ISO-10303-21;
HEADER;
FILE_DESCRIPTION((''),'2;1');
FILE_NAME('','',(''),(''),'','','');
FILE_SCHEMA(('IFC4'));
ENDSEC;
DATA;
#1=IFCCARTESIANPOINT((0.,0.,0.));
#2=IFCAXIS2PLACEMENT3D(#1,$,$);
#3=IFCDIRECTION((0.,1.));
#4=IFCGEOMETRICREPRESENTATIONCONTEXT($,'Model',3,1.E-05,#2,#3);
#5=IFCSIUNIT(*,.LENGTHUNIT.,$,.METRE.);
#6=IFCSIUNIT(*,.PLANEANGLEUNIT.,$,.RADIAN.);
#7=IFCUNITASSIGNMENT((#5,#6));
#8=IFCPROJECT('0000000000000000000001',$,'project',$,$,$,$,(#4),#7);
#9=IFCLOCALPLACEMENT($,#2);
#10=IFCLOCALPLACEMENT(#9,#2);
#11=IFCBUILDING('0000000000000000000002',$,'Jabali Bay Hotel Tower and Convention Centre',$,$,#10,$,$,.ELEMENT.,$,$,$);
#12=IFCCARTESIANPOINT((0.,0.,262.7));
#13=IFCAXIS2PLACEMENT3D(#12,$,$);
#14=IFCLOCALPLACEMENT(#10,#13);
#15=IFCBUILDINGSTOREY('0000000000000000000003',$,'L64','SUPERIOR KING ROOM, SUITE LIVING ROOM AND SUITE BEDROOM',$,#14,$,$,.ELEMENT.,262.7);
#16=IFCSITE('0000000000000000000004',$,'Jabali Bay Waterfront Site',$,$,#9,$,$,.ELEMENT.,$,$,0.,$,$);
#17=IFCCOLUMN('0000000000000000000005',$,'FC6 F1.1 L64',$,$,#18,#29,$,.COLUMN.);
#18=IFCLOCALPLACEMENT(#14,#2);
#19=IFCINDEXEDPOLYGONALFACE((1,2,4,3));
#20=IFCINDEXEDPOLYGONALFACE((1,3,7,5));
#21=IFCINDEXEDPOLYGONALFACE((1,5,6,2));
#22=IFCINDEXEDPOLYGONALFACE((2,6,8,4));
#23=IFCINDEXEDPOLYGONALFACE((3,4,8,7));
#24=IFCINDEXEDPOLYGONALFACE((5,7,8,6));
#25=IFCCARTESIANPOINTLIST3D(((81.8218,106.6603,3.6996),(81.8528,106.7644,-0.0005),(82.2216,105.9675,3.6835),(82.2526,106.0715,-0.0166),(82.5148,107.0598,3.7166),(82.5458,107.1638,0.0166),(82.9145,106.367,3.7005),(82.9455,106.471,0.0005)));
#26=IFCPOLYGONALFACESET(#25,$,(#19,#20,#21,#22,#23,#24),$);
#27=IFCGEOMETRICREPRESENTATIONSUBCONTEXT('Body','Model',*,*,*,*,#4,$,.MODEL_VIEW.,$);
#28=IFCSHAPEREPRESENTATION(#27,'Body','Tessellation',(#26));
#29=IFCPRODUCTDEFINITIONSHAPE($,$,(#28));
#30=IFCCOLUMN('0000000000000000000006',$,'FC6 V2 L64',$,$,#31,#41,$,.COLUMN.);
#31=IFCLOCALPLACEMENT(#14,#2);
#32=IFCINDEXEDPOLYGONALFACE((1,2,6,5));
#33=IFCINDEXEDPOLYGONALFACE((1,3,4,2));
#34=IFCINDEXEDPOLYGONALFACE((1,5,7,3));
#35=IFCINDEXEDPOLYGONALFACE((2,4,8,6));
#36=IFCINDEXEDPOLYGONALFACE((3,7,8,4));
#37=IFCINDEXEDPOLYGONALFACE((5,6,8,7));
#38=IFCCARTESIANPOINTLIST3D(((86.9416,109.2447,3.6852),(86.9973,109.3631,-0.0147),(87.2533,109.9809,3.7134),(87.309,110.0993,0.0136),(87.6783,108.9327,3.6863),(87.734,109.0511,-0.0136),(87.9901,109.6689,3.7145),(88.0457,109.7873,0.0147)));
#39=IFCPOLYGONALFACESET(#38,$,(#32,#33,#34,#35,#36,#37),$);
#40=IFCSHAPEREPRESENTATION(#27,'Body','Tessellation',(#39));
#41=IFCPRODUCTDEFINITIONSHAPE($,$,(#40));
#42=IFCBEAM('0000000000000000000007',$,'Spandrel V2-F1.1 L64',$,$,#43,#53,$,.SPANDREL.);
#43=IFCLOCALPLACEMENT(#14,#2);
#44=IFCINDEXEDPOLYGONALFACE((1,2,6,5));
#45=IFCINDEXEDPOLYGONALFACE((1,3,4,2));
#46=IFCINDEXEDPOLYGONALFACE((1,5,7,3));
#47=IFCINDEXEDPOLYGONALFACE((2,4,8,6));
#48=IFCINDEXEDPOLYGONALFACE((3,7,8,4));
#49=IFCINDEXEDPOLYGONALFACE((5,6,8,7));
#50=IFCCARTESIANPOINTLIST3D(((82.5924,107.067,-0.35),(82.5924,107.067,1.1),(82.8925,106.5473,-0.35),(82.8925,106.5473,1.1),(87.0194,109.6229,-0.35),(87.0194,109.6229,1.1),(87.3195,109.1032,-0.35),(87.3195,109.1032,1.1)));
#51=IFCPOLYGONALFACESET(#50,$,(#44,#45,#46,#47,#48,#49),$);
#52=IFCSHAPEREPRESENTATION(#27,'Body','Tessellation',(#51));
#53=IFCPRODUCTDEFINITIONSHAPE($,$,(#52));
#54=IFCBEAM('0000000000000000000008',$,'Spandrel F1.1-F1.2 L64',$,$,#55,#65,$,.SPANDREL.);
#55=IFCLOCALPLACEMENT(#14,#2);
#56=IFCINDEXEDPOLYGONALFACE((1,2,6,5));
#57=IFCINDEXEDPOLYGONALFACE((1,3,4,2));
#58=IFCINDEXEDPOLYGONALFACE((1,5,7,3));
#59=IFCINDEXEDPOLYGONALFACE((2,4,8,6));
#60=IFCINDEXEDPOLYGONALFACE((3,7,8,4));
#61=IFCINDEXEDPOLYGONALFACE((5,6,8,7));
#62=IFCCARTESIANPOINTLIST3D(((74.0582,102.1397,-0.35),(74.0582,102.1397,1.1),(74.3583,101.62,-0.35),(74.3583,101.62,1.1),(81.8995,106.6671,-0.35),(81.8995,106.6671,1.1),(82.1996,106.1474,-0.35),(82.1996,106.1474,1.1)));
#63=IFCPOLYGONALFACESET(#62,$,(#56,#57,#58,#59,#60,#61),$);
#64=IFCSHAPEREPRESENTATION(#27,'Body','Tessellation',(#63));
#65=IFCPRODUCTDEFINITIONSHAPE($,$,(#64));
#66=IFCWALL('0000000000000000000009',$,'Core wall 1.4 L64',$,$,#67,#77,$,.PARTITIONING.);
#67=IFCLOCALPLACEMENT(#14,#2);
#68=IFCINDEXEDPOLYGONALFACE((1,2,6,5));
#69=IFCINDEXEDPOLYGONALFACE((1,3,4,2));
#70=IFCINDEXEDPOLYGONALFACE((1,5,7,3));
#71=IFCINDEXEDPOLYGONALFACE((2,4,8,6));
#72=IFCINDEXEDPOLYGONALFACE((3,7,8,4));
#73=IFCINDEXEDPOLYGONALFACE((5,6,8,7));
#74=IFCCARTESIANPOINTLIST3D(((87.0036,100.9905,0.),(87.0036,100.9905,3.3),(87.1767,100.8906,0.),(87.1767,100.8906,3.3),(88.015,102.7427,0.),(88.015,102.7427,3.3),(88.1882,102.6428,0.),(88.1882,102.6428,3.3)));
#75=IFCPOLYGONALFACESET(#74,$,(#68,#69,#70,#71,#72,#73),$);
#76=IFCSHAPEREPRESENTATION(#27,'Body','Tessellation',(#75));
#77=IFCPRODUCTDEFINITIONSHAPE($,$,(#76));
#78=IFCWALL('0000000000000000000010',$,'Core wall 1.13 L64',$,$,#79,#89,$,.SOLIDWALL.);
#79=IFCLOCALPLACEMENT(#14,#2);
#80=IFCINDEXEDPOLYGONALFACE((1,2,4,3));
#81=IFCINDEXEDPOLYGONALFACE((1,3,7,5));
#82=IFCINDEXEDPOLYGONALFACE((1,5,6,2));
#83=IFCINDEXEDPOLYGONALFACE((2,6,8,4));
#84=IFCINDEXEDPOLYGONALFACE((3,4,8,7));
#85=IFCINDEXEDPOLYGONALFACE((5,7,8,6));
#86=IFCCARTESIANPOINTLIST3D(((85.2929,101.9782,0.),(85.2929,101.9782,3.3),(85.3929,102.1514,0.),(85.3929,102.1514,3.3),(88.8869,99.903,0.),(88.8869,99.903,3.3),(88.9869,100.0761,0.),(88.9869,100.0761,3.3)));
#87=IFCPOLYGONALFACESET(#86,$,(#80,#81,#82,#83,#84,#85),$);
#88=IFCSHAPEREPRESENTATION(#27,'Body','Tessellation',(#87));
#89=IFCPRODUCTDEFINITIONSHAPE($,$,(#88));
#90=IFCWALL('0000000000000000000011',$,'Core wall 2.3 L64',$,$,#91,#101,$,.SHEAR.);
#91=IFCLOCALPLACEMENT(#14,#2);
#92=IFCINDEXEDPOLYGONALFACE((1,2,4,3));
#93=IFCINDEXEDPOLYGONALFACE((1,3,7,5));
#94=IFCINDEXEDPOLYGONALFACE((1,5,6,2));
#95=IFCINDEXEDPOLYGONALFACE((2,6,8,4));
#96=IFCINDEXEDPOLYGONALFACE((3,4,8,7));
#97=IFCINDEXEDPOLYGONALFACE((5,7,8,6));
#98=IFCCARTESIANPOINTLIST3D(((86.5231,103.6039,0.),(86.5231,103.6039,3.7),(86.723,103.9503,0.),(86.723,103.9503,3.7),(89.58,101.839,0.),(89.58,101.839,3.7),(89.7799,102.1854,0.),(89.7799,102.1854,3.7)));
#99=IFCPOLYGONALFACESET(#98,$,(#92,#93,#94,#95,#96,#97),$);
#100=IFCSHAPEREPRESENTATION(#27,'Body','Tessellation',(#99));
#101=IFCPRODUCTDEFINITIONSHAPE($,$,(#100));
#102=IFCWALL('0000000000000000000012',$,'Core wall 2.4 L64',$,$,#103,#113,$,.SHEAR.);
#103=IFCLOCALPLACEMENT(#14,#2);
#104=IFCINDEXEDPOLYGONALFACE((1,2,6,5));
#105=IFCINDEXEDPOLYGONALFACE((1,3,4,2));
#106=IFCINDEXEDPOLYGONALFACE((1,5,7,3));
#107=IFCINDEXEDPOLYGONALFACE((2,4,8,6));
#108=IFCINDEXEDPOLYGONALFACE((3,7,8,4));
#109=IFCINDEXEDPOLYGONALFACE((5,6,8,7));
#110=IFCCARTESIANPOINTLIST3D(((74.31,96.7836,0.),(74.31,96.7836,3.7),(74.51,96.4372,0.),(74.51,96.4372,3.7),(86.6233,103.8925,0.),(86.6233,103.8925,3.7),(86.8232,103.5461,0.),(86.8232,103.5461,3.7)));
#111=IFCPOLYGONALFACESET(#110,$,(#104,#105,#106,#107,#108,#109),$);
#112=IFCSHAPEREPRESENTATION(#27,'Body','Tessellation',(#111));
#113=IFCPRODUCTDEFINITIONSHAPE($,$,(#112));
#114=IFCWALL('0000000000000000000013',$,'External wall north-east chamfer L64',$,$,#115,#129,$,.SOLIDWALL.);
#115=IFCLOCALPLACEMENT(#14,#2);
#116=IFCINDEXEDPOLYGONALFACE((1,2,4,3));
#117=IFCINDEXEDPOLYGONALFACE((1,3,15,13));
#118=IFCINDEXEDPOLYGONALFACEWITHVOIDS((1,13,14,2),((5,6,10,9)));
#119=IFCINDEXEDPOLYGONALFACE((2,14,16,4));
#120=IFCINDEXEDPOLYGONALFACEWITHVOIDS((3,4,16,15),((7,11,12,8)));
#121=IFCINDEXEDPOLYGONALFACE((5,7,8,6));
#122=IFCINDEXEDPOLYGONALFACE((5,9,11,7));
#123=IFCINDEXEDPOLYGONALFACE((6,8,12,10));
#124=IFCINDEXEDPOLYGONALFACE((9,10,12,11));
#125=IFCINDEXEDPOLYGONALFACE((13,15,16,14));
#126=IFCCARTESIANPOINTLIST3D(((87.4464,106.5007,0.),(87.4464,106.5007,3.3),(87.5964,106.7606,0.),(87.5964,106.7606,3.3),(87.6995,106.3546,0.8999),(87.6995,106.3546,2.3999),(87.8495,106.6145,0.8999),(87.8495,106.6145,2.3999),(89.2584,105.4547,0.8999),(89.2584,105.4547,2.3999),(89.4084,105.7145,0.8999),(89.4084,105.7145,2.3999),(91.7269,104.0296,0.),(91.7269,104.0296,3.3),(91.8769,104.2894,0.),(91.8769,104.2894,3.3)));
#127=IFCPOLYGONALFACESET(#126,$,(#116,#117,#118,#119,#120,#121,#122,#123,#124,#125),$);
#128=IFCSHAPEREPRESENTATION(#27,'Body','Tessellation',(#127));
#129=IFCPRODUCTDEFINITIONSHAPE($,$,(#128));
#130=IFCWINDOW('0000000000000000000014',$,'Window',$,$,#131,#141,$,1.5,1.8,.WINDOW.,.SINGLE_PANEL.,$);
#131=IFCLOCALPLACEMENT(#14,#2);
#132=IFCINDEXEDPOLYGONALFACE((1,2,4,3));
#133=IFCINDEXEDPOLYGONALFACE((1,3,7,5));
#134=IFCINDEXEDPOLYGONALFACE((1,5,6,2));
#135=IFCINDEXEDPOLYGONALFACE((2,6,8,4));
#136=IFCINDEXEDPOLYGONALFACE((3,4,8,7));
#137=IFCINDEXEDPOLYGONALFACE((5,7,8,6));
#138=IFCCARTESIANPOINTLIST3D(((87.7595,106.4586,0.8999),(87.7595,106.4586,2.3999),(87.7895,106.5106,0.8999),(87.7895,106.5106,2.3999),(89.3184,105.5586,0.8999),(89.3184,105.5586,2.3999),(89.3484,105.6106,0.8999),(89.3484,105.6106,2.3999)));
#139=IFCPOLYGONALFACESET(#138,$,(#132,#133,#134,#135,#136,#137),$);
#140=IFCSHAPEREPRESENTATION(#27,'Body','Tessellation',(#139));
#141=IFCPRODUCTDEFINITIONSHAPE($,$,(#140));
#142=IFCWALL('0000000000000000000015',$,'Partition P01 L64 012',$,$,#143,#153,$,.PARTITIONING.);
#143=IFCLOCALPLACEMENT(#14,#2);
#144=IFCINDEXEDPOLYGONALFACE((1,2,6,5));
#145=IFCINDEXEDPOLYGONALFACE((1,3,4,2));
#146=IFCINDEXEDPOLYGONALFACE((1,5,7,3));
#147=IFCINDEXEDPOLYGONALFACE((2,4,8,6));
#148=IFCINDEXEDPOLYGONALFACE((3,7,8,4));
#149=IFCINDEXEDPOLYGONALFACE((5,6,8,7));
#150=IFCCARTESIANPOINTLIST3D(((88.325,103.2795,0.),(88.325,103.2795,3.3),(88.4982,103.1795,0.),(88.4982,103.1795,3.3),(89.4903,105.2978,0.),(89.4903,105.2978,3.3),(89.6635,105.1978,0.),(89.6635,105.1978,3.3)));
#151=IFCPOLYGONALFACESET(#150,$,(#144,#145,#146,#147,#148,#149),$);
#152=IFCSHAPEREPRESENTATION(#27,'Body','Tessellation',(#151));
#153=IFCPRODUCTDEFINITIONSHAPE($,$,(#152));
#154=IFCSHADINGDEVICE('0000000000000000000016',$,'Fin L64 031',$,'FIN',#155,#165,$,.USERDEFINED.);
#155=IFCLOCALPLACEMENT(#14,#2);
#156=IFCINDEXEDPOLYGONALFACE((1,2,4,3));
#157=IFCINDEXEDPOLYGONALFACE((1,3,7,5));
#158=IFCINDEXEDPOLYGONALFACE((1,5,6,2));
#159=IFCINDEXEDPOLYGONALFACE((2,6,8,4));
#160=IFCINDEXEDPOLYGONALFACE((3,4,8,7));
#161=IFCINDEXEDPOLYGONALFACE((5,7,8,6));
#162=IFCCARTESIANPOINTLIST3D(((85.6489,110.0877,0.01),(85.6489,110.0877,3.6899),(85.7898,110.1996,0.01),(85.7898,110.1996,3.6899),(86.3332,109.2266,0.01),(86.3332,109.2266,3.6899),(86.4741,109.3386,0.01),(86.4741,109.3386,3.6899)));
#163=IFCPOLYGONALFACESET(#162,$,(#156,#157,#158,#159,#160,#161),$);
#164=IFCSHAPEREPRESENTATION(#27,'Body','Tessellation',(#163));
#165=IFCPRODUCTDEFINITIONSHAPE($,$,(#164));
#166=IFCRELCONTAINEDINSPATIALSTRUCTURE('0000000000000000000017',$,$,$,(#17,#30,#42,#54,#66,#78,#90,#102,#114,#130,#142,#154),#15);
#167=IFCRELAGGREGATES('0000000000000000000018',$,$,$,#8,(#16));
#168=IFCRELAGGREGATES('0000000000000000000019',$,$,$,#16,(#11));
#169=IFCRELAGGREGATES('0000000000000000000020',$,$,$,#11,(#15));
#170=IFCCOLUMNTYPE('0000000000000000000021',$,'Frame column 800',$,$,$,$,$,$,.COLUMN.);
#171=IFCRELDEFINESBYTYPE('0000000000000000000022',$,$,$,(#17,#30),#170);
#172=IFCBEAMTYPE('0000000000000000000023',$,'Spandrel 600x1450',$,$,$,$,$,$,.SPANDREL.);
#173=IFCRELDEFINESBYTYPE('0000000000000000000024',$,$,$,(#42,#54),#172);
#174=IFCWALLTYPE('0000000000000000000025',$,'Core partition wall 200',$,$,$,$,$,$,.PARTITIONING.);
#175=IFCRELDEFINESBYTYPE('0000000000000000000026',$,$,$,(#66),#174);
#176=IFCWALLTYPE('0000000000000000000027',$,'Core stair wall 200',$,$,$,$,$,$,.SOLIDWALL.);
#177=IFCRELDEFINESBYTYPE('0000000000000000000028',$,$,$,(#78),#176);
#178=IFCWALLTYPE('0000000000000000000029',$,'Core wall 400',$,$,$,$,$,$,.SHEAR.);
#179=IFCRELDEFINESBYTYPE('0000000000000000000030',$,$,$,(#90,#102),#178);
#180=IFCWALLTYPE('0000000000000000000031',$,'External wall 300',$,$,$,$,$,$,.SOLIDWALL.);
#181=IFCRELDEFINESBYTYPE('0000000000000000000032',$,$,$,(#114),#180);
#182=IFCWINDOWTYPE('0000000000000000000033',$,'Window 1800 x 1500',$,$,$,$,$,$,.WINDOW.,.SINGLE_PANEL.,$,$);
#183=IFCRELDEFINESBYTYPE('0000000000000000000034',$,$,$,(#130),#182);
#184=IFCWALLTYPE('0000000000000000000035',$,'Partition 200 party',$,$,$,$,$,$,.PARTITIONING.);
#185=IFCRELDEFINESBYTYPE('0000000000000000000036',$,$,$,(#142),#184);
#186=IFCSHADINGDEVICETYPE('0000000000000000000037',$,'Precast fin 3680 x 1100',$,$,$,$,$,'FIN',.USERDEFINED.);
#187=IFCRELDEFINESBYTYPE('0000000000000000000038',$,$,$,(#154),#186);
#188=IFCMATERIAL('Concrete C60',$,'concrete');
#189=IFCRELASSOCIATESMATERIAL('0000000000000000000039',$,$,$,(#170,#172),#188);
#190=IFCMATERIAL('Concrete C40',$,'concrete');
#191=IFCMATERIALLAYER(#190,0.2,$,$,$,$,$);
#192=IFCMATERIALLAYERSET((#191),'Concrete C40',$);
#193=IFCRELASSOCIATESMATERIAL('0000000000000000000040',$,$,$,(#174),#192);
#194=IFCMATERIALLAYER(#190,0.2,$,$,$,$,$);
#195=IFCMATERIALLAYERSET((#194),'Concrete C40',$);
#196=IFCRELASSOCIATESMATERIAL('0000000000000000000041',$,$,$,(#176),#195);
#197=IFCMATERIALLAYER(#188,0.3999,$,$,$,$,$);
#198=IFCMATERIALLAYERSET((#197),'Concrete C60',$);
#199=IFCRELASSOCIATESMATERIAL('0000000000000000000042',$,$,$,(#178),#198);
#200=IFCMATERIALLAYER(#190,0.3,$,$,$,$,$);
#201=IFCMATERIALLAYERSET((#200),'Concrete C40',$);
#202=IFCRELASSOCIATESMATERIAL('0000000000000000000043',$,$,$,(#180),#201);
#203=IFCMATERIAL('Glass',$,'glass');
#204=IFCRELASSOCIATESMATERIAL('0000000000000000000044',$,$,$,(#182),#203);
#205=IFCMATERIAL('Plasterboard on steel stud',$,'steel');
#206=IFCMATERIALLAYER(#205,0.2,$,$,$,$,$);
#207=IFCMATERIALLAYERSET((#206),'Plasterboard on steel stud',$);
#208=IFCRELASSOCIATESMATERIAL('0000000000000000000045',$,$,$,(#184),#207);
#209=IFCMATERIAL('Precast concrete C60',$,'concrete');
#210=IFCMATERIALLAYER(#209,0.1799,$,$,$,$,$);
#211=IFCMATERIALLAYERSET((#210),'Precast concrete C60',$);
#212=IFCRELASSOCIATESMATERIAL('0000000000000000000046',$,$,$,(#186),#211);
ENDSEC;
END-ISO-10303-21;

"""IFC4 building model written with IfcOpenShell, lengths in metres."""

from ifc_helpers import new_model, si_unit, direction, frame, frame_2d, origin, origin_2d, place, context, subcontext, project, spatial, rectangle, extrude, material, layer, layer_set, material_profile, profile_set, type_object, element, fill, save


model = new_model("IFC4")

# Units and contexts
model_context = context("Model", 3, precision=1e-05, world=origin(), true_north=direction((0.0, 1.0)))
body_context = subcontext(model_context, "Body", "Model", "MODEL_VIEW")
ifc_project = project(units=[si_unit("LENGTHUNIT", "METRE"), si_unit("PLANEANGLEUNIT", "RADIAN")], contexts=[model_context])

# Site, building, storey
site_placement = place(None, origin())
site = spatial("IfcSite", under=ifc_project, at=site_placement, Name="Jabali Bay Waterfront Site", CompositionType="ELEMENT", RefElevation=0.0)
building_placement = place(site_placement, origin())
building = spatial("IfcBuilding", under=site, at=building_placement, Name="Jabali Bay Hotel Tower and Convention Centre", CompositionType="ELEMENT")
storey_placement = place(building_placement, frame((0.0, 0.0, 262.7)))
storey = spatial("IfcBuildingStorey", under=building, at=storey_placement, Name="L64", Description="SUPERIOR KING ROOM, SUITE LIVING ROOM AND SUITE BEDROOM", CompositionType="ELEMENT", Elevation=262.7)

# Columns
ifc_material_1 = material(Name="Concrete C60", Category="concrete")
ifc_material_profile_1 = material_profile(ifc_material_1, rectangle(XDim=0.8, YDim=0.8, at=origin_2d()), Name="Frame column 800")
ifc_profile_set_1 = profile_set([ifc_material_profile_1], Name="Concrete C60")
column_type = type_object("IfcColumnType", Name="Frame column 800", PredefinedType="COLUMN", material=ifc_profile_set_1)
column_1_placement = place(storey_placement, frame((82.3992, 106.6177, 0.0), z_axis=(-0.008376, -0.028097, 0.99957), x_axis=(0.866167, 0.4993, 0.021294)))
element("IfcColumn", 1, at=column_1_placement, inside=storey, type_object=column_type, Name="FC6 F1.1 L64", PredefinedType="COLUMN", context=body_context, shape_type="SweptSolid", body=[
    extrude(rectangle(XDim=0.8, YDim=0.8, at=origin_2d()), origin(), (0.0, 0.0, 1.0), 3.7017),
])
column_2_placement = place(storey_placement, frame((87.5215, 109.5752, 0.0), z_axis=(-0.015035, -0.031983, 0.999375), x_axis=(0.92083, -0.389963, 0.001374)))
element("IfcColumn", 2, at=column_2_placement, inside=storey, type_object=column_type, Name="FC6 V2 L64", PredefinedType="COLUMN", context=body_context, shape_type="SweptSolid", body=[
    extrude(rectangle(XDim=0.8, YDim=0.8, at=origin_2d()), origin(), (0.0, 0.0, 1.0), 3.7021),
])

# Beams
ifc_material_profile_2 = material_profile(ifc_material_1, rectangle(XDim=0.6001, YDim=1.45, at=origin_2d()), Name="Spandrel 600x1450")
ifc_profile_set_2 = profile_set([ifc_material_profile_2], Name="Concrete C60")
beam_type = type_object("IfcBeamType", Name="Spandrel 600x1450", PredefinedType="SPANDREL", material=ifc_profile_set_2)
beam_1_placement = place(storey_placement, frame((87.1694, 109.363, 0.375), z_axis=(-0.866027, -0.499997, 0.0), x_axis=(0.499997, -0.866027, 0.0)))
element("IfcBeam", 3, at=beam_1_placement, inside=storey, type_object=beam_type, Name="Spandrel V2-F1.1 L64", PredefinedType="SPANDREL", context=body_context, shape_type="SweptSolid", body=[
    extrude(rectangle(XDim=0.6001, YDim=1.45, at=origin_2d()), origin(), (0.0, 0.0, 1.0), 5.1118),
])
beam_2_placement = place(storey_placement, frame((82.0496, 106.4072, 0.375), z_axis=(-0.866018, -0.500013, 0.0), x_axis=(0.500013, -0.866018, 0.0)))
element("IfcBeam", 4, at=beam_2_placement, inside=storey, type_object=beam_type, Name="Spandrel F1.1-F1.2 L64", PredefinedType="SPANDREL", context=body_context, shape_type="SweptSolid", body=[
    extrude(rectangle(XDim=0.6001, YDim=1.45, at=origin_2d()), origin(), (0.0, 0.0, 1.0), 9.0544),
])

# Walls
ifc_material_2 = material(Name="Concrete C40", Category="concrete")
ifc_layer_1 = layer(ifc_material_2, 0.2)
ifc_layer_set_1 = layer_set([ifc_layer_1], Name="Concrete C40")
wall_type_1 = type_object("IfcWallType", Name="Core partition wall 200", PredefinedType="PARTITIONING", material=ifc_layer_set_1)
wall_1_placement = place(storey_placement, frame((87.0901, 100.9404, 0.0), z_axis=(0.0, 0.0, 1.0), x_axis=(0.499942, 0.866059, 0.0)))
element("IfcWall", 5, at=wall_1_placement, inside=storey, type_object=wall_type_1, Name="Core wall 1.4 L64", PredefinedType="PARTITIONING", context=body_context, shape_type="SweptSolid", body=[
    extrude(rectangle(XDim=2.0232, YDim=0.2, at=frame_2d((1.0117, 0.0))), origin(), (0.0, 0.0, 1.0), 3.3),
])
ifc_layer_2 = layer(ifc_material_2, 0.2)
ifc_layer_set_2 = layer_set([ifc_layer_2], Name="Concrete C40")
wall_type_2 = type_object("IfcWallType", Name="Core stair wall 200", PredefinedType="SOLIDWALL", material=ifc_layer_set_2)
wall_2_placement = place(storey_placement, frame((88.937, 99.9895, 0.0), z_axis=(0.0, 0.0, 1.0), x_axis=(-0.866004, 0.500036, 0.0)))
element("IfcWall", 6, at=wall_2_placement, inside=storey, type_object=wall_type_2, Name="Core wall 1.13 L64", PredefinedType="SOLIDWALL", context=body_context, shape_type="SweptSolid", body=[
    extrude(rectangle(XDim=4.1501, YDim=0.2, at=frame_2d((2.0752, 0.0))), origin(), (0.0, 0.0, 1.0), 3.3),
])
ifc_layer_3 = layer(ifc_material_1, 0.3999)
ifc_layer_set_3 = layer_set([ifc_layer_3], Name="Concrete C60")
wall_type_3 = type_object("IfcWallType", Name="Core wall 400", PredefinedType="SHEAR", material=ifc_layer_set_3)
wall_3_placement = place(storey_placement, frame((89.6799, 102.0122, 0.0), z_axis=(0.0, 0.0, 1.0), x_axis=(-0.866025, 0.5, 0.0)))
element("IfcWall", 7, at=wall_3_placement, inside=storey, type_object=wall_type_3, Name="Core wall 2.3 L64", PredefinedType="SHEAR", context=body_context, shape_type="SweptSolid", body=[
    extrude(rectangle(XDim=3.5298, YDim=0.3999, at=frame_2d((1.7649, 0.0))), origin(), (0.0, 0.0, 1.0), 3.7),
])
wall_4_placement = place(storey_placement, frame((86.7231, 103.7192, 0.0), z_axis=(0.0, 0.0, 1.0), x_axis=(-0.86603, -0.499991, 0.0)))
element("IfcWall", 8, at=wall_4_placement, inside=storey, type_object=wall_type_3, Name="Core wall 2.4 L64", PredefinedType="SHEAR", context=body_context, shape_type="SweptSolid", body=[
    extrude(rectangle(XDim=14.218, YDim=0.3999, at=frame_2d((7.1089, 0.0))), origin(), (0.0, 0.0, 1.0), 3.7),
])

# Wall, opening, window
ifc_layer_4 = layer(ifc_material_2, 0.3)
ifc_layer_set_4 = layer_set([ifc_layer_4], Name="Concrete C40")
wall_type_4 = type_object("IfcWallType", Name="External wall 300", PredefinedType="SOLIDWALL", material=ifc_layer_set_4)
wall_5_placement = place(storey_placement, frame((87.5215, 106.6306, 0.0), z_axis=(0.0, 0.0, 1.0), x_axis=(0.86604, -0.499975, 0.0)))
wall_5 = element("IfcWall", 9, at=wall_5_placement, inside=storey, type_object=wall_type_4, Name="External wall north-east chamfer L64", PredefinedType="SOLIDWALL", context=body_context, shape_type="SweptSolid", body=[
    extrude(rectangle(XDim=4.9426, YDim=0.3, at=frame_2d((2.4712, 0.0))), origin(), (0.0, 0.0, 1.0), 3.3),
])
opening_placement = place(wall_5_placement, frame((0.2922, 0.0, 0.8999)))
opening = element("IfcOpeningElement", 10, at=opening_placement, cuts=wall_5, PredefinedType="OPENING", context=body_context, shape_type="SweptSolid", body=[
    extrude(rectangle(XDim=1.8, YDim=1.5, at=frame_2d((0.8999, 0.75))), frame((0.0, 0.1606, 0.0), z_axis=(0.0, -1.0, 0.0), x_axis=(1.0, 0.0, 0.0)), (0.0, 0.0, 1.0), 0.321),
])
ifc_material_3 = material(Name="Glass", Category="glass")
window_type = type_object("IfcWindowType", Name="Window 1800 x 1500", PartitioningType="SINGLE_PANEL", PredefinedType="WINDOW", material=ifc_material_3)
window_placement = place(opening_placement, origin())
window = element("IfcWindow", 11, at=window_placement, inside=storey, type_object=window_type, Name="Window", OverallHeight=1.5, OverallWidth=1.8, PartitioningType="SINGLE_PANEL", PredefinedType="WINDOW", context=body_context, shape_type="SweptSolid", body=[
    extrude(rectangle(XDim=1.8, YDim=1.5, at=frame_2d((0.8999, 0.75))), frame((0.0, 0.03, 0.0), z_axis=(0.0, -1.0, 0.0), x_axis=(1.0, 0.0, 0.0)), (0.0, 0.0, 1.0), 0.0601),
])
fill(opening, window)

# Wall
ifc_material_4 = material(Name="Plasterboard on steel stud", Category="steel")
ifc_layer_5 = layer(ifc_material_4, 0.2)
ifc_layer_set_5 = layer_set([ifc_layer_5], Name="Plasterboard on steel stud")
wall_type_5 = type_object("IfcWallType", Name="Partition 200 party", PredefinedType="PARTITIONING", material=ifc_layer_set_5)
wall_6_placement = place(storey_placement, frame((89.5769, 105.2478, 0.0), z_axis=(0.0, 0.0, 1.0), x_axis=(-0.500004, -0.866023, 0.0)))
element("IfcWall", 12, at=wall_6_placement, inside=storey, type_object=wall_type_5, Name="Partition P01 L64 012", PredefinedType="PARTITIONING", context=body_context, shape_type="SweptSolid", body=[
    extrude(rectangle(XDim=2.3306, YDim=0.2, at=frame_2d((1.1653, 0.0))), origin(), (0.0, 0.0, 1.0), 3.3),
])

# Shading device
ifc_material_5 = material(Name="Precast concrete C60", Category="concrete")
ifc_layer_6 = layer(ifc_material_5, 0.1799)
ifc_layer_set_6 = layer_set([ifc_layer_6], Name="Precast concrete C60")
shading_device_type_1 = type_object("IfcShadingDeviceType", Name="Precast fin 3680 x 1100", ElementType="FIN", PredefinedType="USERDEFINED", material=ifc_layer_set_6)
shading_device_1_placement = place(storey_placement, frame((86.4036, 109.2827, 0.01), z_axis=(0.0, 0.0, 1.0), x_axis=(-0.622174, 0.782879, 0.0)))
element("IfcShadingDevice", 13, at=shading_device_1_placement, inside=storey, type_object=shading_device_type_1, Name="Fin L64 031", ObjectType="FIN", PredefinedType="USERDEFINED", context=body_context, shape_type="SweptSolid", body=[
    extrude(rectangle(XDim=1.0999, YDim=0.1799, at=frame_2d((0.5498, 0.0))), origin(), (0.0, 0.0, 1.0), 3.6799),
])

save(model, "model.ifc")
